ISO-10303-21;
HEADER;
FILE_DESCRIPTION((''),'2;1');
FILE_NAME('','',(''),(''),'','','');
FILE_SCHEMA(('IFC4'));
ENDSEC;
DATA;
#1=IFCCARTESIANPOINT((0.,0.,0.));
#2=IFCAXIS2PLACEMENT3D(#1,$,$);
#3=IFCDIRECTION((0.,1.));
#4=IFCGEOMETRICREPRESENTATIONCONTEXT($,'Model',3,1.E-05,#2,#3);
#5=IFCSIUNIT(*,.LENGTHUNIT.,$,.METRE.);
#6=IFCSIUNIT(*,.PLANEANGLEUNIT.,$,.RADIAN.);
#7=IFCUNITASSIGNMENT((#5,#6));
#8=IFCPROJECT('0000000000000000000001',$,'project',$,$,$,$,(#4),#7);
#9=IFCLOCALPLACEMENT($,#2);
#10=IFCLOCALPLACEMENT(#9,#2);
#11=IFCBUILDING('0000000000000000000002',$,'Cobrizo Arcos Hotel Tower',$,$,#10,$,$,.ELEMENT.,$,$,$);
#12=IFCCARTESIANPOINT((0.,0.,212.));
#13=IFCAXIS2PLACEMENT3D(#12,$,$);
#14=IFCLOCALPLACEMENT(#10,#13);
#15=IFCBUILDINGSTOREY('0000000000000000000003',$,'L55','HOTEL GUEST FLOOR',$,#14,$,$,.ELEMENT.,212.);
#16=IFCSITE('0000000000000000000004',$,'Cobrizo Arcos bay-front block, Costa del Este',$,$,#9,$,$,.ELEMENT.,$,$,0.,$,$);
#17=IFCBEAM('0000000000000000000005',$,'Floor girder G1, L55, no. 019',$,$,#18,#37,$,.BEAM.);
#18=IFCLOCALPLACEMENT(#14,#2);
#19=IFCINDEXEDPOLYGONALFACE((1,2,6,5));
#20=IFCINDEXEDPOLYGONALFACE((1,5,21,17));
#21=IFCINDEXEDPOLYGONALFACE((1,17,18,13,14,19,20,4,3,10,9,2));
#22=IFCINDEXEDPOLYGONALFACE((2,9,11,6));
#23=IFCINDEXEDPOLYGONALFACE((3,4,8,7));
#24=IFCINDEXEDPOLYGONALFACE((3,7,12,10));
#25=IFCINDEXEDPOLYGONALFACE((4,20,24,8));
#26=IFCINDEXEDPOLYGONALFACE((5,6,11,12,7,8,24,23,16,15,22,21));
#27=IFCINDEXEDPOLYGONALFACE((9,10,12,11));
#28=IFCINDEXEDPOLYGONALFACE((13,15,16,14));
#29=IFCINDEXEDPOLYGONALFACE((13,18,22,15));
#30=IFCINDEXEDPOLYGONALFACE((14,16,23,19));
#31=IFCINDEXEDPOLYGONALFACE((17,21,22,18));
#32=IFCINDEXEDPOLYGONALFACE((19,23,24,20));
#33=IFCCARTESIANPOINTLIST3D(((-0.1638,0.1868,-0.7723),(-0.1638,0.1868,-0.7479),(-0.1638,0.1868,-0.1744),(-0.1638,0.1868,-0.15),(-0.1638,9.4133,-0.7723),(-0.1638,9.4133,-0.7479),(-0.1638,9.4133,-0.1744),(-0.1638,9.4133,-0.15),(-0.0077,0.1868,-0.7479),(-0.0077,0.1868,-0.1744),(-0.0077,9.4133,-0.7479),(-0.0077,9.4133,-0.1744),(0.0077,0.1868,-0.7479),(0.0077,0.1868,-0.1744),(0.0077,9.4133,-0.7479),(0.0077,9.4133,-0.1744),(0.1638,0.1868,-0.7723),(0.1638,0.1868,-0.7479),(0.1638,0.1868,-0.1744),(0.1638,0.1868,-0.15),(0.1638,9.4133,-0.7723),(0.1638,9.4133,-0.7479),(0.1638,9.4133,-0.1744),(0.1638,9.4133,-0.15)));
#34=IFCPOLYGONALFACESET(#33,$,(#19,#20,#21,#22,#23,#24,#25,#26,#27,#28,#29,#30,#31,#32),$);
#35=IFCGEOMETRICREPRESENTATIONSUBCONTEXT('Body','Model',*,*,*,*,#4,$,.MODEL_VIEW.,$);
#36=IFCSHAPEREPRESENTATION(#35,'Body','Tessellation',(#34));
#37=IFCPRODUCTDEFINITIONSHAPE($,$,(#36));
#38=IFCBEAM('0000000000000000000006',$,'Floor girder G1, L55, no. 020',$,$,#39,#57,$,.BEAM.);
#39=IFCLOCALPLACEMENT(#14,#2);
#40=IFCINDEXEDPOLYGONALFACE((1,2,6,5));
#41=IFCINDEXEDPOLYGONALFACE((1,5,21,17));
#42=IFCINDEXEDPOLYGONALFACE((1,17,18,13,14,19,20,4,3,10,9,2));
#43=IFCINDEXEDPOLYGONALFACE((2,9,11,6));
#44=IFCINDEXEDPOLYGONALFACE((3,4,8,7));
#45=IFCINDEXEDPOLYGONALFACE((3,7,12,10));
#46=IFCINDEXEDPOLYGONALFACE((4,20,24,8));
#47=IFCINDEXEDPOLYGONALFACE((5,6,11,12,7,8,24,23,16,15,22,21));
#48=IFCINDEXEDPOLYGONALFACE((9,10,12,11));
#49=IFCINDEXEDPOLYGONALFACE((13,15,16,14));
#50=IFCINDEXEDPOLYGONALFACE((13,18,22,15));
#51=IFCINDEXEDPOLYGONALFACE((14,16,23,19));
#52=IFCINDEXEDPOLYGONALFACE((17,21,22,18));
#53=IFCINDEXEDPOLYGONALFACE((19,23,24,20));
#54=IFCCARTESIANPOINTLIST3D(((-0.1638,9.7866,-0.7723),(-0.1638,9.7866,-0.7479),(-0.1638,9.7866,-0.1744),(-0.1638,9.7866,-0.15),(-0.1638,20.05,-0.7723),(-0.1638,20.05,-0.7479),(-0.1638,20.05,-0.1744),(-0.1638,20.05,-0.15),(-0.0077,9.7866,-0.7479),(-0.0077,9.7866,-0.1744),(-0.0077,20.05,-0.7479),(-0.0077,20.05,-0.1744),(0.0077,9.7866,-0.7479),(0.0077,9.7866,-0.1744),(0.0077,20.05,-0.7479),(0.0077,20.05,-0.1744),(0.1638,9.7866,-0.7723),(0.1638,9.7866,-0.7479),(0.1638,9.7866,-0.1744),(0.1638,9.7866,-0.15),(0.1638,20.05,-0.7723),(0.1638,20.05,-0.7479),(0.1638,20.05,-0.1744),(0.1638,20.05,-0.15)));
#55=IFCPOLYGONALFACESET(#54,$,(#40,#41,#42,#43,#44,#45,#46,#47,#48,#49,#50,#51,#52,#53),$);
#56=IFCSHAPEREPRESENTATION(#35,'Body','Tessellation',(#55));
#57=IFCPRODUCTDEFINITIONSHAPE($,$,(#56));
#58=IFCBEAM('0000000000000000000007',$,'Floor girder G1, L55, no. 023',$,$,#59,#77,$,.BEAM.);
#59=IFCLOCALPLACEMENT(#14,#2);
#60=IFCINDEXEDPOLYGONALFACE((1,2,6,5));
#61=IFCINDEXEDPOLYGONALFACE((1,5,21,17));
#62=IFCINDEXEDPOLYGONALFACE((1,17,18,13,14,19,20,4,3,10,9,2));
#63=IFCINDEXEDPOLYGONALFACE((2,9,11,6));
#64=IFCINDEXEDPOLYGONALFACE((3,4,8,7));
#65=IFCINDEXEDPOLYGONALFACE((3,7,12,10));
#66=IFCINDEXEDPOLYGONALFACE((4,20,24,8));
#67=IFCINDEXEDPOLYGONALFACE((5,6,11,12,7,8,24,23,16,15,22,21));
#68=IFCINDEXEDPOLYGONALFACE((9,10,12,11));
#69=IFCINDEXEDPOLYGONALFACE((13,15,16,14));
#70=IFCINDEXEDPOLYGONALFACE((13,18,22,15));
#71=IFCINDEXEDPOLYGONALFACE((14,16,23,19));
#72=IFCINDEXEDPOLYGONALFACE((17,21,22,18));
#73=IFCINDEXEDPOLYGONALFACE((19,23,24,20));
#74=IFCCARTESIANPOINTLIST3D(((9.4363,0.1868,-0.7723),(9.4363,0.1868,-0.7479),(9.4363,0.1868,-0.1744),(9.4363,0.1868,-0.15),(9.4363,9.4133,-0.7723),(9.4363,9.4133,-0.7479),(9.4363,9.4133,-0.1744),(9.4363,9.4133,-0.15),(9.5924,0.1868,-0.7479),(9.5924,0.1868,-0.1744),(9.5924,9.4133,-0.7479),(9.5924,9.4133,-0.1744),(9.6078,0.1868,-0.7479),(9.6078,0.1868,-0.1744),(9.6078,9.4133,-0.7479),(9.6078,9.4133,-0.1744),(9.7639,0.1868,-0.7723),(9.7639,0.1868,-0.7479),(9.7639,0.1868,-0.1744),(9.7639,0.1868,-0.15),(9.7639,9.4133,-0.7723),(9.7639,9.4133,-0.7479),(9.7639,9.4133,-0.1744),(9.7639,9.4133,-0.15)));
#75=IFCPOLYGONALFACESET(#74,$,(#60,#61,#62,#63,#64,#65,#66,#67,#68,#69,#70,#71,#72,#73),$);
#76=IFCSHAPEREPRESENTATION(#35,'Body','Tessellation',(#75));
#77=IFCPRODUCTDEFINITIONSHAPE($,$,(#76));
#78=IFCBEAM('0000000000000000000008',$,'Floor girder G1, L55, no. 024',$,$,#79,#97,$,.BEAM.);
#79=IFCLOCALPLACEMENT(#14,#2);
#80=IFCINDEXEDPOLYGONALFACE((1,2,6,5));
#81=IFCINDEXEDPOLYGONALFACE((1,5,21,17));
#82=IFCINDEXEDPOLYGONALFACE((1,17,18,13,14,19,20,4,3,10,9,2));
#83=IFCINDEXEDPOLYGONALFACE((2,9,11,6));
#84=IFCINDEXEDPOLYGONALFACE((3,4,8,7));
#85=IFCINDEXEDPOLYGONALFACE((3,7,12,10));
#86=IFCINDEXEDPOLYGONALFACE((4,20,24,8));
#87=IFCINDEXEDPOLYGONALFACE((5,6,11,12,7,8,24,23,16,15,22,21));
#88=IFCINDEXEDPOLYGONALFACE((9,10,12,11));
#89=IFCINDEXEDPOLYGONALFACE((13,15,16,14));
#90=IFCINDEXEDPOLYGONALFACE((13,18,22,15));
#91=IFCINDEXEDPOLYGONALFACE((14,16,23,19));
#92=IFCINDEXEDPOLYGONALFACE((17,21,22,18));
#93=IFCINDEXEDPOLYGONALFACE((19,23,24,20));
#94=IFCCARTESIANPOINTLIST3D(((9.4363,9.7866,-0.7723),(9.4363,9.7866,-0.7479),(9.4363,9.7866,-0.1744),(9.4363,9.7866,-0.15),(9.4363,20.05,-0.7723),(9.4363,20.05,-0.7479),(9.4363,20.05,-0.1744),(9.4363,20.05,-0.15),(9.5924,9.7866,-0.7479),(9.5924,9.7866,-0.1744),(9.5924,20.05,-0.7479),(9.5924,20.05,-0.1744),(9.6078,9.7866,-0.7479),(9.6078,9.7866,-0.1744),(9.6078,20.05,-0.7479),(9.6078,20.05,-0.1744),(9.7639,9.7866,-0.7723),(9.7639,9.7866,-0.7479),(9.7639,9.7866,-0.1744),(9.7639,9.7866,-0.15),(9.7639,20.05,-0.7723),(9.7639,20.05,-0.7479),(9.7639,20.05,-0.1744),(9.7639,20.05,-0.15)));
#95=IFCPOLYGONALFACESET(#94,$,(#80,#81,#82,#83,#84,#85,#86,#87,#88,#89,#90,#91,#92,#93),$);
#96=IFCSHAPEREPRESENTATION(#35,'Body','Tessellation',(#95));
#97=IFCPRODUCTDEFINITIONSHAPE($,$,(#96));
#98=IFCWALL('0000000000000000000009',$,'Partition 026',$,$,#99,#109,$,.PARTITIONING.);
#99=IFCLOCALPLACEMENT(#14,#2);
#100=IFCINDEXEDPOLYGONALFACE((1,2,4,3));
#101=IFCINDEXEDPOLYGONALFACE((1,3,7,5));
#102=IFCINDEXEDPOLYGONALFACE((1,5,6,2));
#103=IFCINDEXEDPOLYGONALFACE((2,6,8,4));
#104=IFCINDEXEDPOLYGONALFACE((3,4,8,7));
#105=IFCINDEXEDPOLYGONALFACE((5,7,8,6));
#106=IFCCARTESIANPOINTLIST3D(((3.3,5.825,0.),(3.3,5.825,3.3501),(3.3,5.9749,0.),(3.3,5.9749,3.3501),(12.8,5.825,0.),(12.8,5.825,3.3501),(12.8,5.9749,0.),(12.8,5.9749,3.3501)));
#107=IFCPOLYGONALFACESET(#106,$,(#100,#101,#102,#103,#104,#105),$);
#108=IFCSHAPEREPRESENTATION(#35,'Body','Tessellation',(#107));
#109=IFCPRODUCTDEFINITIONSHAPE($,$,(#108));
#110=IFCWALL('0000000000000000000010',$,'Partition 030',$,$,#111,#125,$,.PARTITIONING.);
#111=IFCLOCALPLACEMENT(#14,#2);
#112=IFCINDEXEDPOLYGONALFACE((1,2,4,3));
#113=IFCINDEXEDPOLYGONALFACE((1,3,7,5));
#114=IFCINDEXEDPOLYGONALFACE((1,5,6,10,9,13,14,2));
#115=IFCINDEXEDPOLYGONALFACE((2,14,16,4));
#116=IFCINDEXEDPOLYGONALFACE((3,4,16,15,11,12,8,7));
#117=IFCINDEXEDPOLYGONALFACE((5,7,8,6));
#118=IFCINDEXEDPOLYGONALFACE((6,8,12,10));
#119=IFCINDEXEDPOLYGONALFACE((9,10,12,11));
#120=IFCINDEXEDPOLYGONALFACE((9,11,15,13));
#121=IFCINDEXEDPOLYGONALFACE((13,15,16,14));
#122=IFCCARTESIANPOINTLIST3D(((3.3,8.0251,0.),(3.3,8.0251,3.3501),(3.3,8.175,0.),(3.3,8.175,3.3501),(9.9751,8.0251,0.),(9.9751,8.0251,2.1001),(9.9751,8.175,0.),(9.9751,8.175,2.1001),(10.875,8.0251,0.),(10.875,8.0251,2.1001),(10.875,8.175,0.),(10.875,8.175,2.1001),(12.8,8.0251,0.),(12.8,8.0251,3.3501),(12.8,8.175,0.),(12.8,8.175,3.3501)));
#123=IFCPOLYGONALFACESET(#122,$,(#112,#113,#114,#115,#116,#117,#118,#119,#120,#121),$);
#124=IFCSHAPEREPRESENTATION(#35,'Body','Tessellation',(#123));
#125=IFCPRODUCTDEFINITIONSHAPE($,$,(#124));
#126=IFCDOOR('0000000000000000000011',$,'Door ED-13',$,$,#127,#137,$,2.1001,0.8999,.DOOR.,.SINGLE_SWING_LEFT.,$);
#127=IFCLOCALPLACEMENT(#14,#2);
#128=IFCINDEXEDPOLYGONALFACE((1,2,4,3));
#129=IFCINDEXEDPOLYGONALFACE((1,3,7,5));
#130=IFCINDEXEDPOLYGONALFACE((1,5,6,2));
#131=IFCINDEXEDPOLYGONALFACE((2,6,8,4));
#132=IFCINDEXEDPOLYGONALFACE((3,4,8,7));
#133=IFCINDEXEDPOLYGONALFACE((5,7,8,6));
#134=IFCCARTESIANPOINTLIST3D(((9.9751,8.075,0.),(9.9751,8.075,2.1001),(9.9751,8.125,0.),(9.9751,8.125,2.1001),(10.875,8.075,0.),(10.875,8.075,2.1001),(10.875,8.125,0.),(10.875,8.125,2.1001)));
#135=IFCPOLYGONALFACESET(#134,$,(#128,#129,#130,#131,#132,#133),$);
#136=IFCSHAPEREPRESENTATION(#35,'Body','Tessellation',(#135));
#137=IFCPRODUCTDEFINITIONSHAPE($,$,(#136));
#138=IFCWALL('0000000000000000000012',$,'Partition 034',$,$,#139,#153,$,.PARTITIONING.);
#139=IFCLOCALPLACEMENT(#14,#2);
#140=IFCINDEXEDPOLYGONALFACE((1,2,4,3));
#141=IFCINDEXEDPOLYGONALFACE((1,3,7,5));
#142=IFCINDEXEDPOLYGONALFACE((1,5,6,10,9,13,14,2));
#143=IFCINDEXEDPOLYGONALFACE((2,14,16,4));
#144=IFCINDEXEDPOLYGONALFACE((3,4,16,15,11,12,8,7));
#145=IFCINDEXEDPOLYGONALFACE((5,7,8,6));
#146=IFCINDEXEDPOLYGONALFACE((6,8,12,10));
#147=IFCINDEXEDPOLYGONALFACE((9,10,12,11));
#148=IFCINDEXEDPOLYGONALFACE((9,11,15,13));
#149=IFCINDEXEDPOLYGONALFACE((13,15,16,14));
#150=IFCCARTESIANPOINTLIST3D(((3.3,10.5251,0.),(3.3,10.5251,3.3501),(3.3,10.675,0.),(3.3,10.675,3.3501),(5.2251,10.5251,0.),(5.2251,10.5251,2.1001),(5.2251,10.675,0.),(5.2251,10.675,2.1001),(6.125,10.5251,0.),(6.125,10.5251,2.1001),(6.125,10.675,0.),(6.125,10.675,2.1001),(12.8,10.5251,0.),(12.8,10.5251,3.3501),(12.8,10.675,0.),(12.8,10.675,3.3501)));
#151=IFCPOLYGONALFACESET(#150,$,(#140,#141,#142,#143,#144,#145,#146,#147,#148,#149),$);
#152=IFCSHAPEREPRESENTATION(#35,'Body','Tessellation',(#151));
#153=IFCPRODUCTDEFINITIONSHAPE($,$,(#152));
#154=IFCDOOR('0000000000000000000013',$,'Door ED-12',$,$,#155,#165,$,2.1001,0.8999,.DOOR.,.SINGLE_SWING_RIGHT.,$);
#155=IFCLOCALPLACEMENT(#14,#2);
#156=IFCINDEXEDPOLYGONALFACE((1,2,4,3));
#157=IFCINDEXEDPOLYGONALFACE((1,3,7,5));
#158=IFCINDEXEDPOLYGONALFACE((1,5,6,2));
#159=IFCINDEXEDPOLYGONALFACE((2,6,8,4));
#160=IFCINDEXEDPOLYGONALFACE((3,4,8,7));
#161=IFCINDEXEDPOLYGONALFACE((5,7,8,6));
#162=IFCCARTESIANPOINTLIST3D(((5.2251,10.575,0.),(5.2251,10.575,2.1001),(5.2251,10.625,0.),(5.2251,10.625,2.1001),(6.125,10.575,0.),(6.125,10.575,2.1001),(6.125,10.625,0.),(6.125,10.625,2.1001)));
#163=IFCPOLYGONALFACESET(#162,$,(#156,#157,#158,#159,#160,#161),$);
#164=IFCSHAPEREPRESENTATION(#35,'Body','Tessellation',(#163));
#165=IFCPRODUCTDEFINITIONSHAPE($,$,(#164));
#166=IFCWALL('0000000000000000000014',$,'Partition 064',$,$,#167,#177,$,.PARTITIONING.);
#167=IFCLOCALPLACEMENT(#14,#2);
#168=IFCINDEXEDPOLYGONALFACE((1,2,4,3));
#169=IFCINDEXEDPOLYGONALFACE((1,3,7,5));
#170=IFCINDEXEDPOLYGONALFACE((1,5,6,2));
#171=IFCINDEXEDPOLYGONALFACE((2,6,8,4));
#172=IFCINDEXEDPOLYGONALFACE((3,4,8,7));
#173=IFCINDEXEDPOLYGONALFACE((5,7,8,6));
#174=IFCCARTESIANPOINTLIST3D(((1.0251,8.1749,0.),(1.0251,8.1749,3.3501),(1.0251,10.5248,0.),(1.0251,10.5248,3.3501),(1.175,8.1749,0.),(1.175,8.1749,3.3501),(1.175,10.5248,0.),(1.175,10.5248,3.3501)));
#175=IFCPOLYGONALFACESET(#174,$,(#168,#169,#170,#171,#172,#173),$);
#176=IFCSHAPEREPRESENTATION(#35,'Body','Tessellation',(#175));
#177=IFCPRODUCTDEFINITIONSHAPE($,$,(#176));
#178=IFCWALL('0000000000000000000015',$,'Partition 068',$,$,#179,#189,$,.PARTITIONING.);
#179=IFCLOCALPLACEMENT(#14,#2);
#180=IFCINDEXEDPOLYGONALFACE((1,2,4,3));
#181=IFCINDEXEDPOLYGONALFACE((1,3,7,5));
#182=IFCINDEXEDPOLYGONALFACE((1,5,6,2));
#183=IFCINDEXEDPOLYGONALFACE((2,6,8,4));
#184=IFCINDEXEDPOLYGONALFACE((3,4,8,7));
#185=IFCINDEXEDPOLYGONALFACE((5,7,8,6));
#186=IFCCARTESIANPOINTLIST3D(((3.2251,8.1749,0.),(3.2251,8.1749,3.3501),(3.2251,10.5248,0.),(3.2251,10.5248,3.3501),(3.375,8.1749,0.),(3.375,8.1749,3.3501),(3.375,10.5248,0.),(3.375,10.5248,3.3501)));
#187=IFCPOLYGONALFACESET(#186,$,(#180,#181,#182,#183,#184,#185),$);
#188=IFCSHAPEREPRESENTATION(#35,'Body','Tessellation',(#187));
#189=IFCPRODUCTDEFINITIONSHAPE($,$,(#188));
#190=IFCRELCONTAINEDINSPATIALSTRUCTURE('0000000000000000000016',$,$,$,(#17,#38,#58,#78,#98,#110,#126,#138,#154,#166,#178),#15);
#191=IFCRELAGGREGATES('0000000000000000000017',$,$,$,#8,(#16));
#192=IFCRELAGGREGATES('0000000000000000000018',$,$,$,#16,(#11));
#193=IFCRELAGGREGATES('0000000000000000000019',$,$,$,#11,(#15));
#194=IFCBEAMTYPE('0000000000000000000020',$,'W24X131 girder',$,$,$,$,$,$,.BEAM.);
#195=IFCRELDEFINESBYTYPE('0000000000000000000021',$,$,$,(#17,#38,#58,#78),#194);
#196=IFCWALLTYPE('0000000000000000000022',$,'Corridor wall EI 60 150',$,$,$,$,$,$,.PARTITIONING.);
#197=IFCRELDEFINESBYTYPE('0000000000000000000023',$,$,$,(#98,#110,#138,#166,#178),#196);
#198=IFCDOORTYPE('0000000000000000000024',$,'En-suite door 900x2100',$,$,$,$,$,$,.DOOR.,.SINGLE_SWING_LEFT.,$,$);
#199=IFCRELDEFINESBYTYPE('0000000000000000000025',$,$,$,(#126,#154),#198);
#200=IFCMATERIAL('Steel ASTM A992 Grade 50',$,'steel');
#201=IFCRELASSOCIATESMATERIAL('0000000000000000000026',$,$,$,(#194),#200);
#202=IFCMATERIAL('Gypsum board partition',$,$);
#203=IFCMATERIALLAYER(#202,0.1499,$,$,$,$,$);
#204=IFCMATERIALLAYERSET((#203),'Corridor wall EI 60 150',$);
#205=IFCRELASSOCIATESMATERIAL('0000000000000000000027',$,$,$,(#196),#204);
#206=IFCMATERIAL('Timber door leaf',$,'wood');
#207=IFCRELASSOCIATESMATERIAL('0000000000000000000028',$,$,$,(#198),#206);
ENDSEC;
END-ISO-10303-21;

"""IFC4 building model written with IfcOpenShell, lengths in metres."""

from ifc_helpers import new_model, si_unit, direction, frame, frame_2d, origin, origin_2d, place, context, subcontext, project, spatial, rectangle, i_section, extrude, material, layer, layer_set, material_profile, profile_set, type_object, element, fill, save


model = new_model("IFC4")

# Units and contexts
model_context = context("Model", 3, precision=1e-05, world=origin(), true_north=direction((0.0, 1.0)))
body_context = subcontext(model_context, "Body", "Model", "MODEL_VIEW")
ifc_project = project(units=[si_unit("LENGTHUNIT", "METRE"), si_unit("PLANEANGLEUNIT", "RADIAN")], contexts=[model_context])

# Site, building, storey
site_placement = place(None, origin())
site = spatial("IfcSite", under=ifc_project, at=site_placement, Name="Cobrizo Arcos bay-front block, Costa del Este", CompositionType="ELEMENT", RefElevation=0.0)
building_placement = place(site_placement, origin())
building = spatial("IfcBuilding", under=site, at=building_placement, Name="Cobrizo Arcos Hotel Tower", CompositionType="ELEMENT")
storey_placement = place(building_placement, frame((0.0, 0.0, 212.0)))
storey = spatial("IfcBuildingStorey", under=building, at=storey_placement, Name="L55", Description="HOTEL GUEST FLOOR", CompositionType="ELEMENT", Elevation=212.0)

# Shared definitions
ifc_material_1 = material(Name="Steel ASTM A992 Grade 50", Category="steel")

# Beams
ifc_material_profile_1 = material_profile(ifc_material_1, i_section(OverallWidth=0.3276, OverallDepth=0.6223, WebThickness=0.0154, FlangeThickness=0.0244, at=origin_2d()), Name="W24X131")
ifc_profile_set_1 = profile_set([ifc_material_profile_1], Name="Steel ASTM A992 Grade 50")
beam_type_1 = type_object("IfcBeamType", Name="W24X131 girder", PredefinedType="BEAM", material=ifc_profile_set_1)
beam_1_placement = place(storey_placement, frame((0.0, 0.1868, -0.4612), z_axis=(0.0, 1.0, 0.0), x_axis=(-1.0, 0.0, 0.0)))
element("IfcBeam", 1, at=beam_1_placement, inside=storey, type_object=beam_type_1, Name="Floor girder G1, L55, no. 019", PredefinedType="BEAM", context=body_context, shape_type="SweptSolid", body=[
    extrude(i_section(OverallWidth=0.3276, OverallDepth=0.6223, WebThickness=0.0154, FlangeThickness=0.0244, at=origin_2d()), origin(), (0.0, 0.0, 1.0), 9.2266),
])
beam_2_placement = place(storey_placement, frame((0.0, 9.7866, -0.4612), z_axis=(0.0, 1.0, 0.0), x_axis=(-1.0, 0.0, 0.0)))
element("IfcBeam", 2, at=beam_2_placement, inside=storey, type_object=beam_type_1, Name="Floor girder G1, L55, no. 020", PredefinedType="BEAM", context=body_context, shape_type="SweptSolid", body=[
    extrude(i_section(OverallWidth=0.3276, OverallDepth=0.6223, WebThickness=0.0154, FlangeThickness=0.0244, at=origin_2d()), origin(), (0.0, 0.0, 1.0), 10.2634),
])
beam_3_placement = place(storey_placement, frame((9.6001, 0.1868, -0.4612), z_axis=(0.0, 1.0, 0.0), x_axis=(-1.0, 0.0, 0.0)))
element("IfcBeam", 3, at=beam_3_placement, inside=storey, type_object=beam_type_1, Name="Floor girder G1, L55, no. 023", PredefinedType="BEAM", context=body_context, shape_type="SweptSolid", body=[
    extrude(i_section(OverallWidth=0.3276, OverallDepth=0.6223, WebThickness=0.0154, FlangeThickness=0.0244, at=origin_2d()), origin(), (0.0, 0.0, 1.0), 9.2266),
])
beam_4_placement = place(storey_placement, frame((9.6001, 9.7866, -0.4612), z_axis=(0.0, 1.0, 0.0), x_axis=(-1.0, 0.0, 0.0)))
element("IfcBeam", 4, at=beam_4_placement, inside=storey, type_object=beam_type_1, Name="Floor girder G1, L55, no. 024", PredefinedType="BEAM", context=body_context, shape_type="SweptSolid", body=[
    extrude(i_section(OverallWidth=0.3276, OverallDepth=0.6223, WebThickness=0.0154, FlangeThickness=0.0244, at=origin_2d()), origin(), (0.0, 0.0, 1.0), 10.2634),
])

# Wall
ifc_material_2 = material(Name="Gypsum board partition")
ifc_layer_1 = layer(ifc_material_2, 0.1499)
ifc_layer_set_1 = layer_set([ifc_layer_1], Name="Corridor wall EI 60 150")
wall_type_1 = type_object("IfcWallType", Name="Corridor wall EI 60 150", PredefinedType="PARTITIONING", material=ifc_layer_set_1)
wall_1_placement = place(storey_placement, frame((3.3, 5.8999, 0.0), z_axis=(0.0, 0.0, 1.0), x_axis=(1.0, 0.0, 0.0)))
element("IfcWall", 5, at=wall_1_placement, inside=storey, type_object=wall_type_1, Name="Partition 026", PredefinedType="PARTITIONING", context=body_context, shape_type="SweptSolid", body=[
    extrude(rectangle(XDim=9.5, YDim=0.1499, at=frame_2d((4.75, 0.0))), origin(), (0.0, 0.0, 1.0), 3.3501),
])

# Walls, openings, doors
wall_2_placement = place(storey_placement, frame((3.3, 8.1001, 0.0), z_axis=(0.0, 0.0, 1.0), x_axis=(1.0, 0.0, 0.0)))
wall_2 = element("IfcWall", 6, at=wall_2_placement, inside=storey, type_object=wall_type_1, Name="Partition 030", PredefinedType="PARTITIONING", context=body_context, shape_type="SweptSolid", body=[
    extrude(rectangle(XDim=9.5, YDim=0.1499, at=frame_2d((4.75, 0.0))), origin(), (0.0, 0.0, 1.0), 3.3501),
])
opening_1_placement = place(wall_2_placement, frame((6.675, 0.0, 0.0)))
opening_1 = element("IfcOpeningElement", 7, at=opening_1_placement, cuts=wall_2, PredefinedType="OPENING", context=body_context, shape_type="SweptSolid", body=[
    extrude(rectangle(XDim=0.8999, YDim=2.1001, at=frame_2d((0.45, 1.05))), frame((0.0, 0.0869, 0.0), z_axis=(0.0, -1.0, 0.0), x_axis=(1.0, 0.0, 0.0)), (0.0, 0.0, 1.0), 0.1738),
])
ifc_material_3 = material(Name="Timber door leaf", Category="wood")
door_type_1 = type_object("IfcDoorType", Name="En-suite door 900x2100", OperationType="SINGLE_SWING_LEFT", PredefinedType="DOOR", material=ifc_material_3)
door_1_placement = place(opening_1_placement, origin())
door_1 = element("IfcDoor", 8, at=door_1_placement, inside=storey, type_object=door_type_1, Name="Door ED-13", OperationType="SINGLE_SWING_LEFT", OverallHeight=2.1001, OverallWidth=0.8999, PredefinedType="DOOR", context=body_context, shape_type="SweptSolid", body=[
    extrude(rectangle(XDim=0.8999, YDim=2.1001, at=frame_2d((0.45, 1.05))), frame((0.0, 0.0249, 0.0), z_axis=(0.0, -1.0, 0.0), x_axis=(1.0, 0.0, 0.0)), (0.0, 0.0, 1.0), 0.05),
])
fill(opening_1, door_1)
wall_3_placement = place(storey_placement, frame((3.3, 10.6001, 0.0), z_axis=(0.0, 0.0, 1.0), x_axis=(1.0, 0.0, 0.0)))
wall_3 = element("IfcWall", 9, at=wall_3_placement, inside=storey, type_object=wall_type_1, Name="Partition 034", PredefinedType="PARTITIONING", context=body_context, shape_type="SweptSolid", body=[
    extrude(rectangle(XDim=9.5, YDim=0.1499, at=frame_2d((4.75, 0.0))), origin(), (0.0, 0.0, 1.0), 3.3501),
])
opening_2_placement = place(wall_3_placement, frame((1.925, 0.0, 0.0)))
opening_2 = element("IfcOpeningElement", 10, at=opening_2_placement, cuts=wall_3, PredefinedType="OPENING", context=body_context, shape_type="SweptSolid", body=[
    extrude(rectangle(XDim=0.8999, YDim=2.1001, at=frame_2d((0.45, 1.05))), frame((0.0, 0.0869, 0.0), z_axis=(0.0, -1.0, 0.0), x_axis=(1.0, 0.0, 0.0)), (0.0, 0.0, 1.0), 0.1738),
])
door_2_placement = place(opening_2_placement, origin())
door_2 = element("IfcDoor", 11, at=door_2_placement, inside=storey, type_object=door_type_1, Name="Door ED-12", OperationType="SINGLE_SWING_RIGHT", OverallHeight=2.1001, OverallWidth=0.8999, PredefinedType="DOOR", context=body_context, shape_type="SweptSolid", body=[
    extrude(rectangle(XDim=0.8999, YDim=2.1001, at=frame_2d((0.45, 1.05))), frame((0.0, 0.0249, 0.0), z_axis=(0.0, -1.0, 0.0), x_axis=(1.0, 0.0, 0.0)), (0.0, 0.0, 1.0), 0.05),
])
fill(opening_2, door_2)

# Walls
for number, where, z_axis, x_axis, name in (
    (12, (1.1001, 8.175, 0.0), (0.0, 0.0, 1.0), (0.0, 1.0, 0.0), "Partition 064"),
    (13, (3.3, 8.175, 0.0), (0.0, 0.0, 1.0), (0.0, 1.0, 0.0), "Partition 068"),
):
    element("IfcWall", number, at=place(storey_placement, frame(where, z_axis=z_axis, x_axis=x_axis)), inside=storey, type_object=wall_type_1, Name=name, PredefinedType="PARTITIONING", context=body_context, shape_type="SweptSolid", body=[
        extrude(rectangle(XDim=2.3499, YDim=0.1499, at=frame_2d((1.1748, 0.0))), origin(), (0.0, 0.0, 1.0), 3.3501),
    ])

save(model, "model.ifc")
